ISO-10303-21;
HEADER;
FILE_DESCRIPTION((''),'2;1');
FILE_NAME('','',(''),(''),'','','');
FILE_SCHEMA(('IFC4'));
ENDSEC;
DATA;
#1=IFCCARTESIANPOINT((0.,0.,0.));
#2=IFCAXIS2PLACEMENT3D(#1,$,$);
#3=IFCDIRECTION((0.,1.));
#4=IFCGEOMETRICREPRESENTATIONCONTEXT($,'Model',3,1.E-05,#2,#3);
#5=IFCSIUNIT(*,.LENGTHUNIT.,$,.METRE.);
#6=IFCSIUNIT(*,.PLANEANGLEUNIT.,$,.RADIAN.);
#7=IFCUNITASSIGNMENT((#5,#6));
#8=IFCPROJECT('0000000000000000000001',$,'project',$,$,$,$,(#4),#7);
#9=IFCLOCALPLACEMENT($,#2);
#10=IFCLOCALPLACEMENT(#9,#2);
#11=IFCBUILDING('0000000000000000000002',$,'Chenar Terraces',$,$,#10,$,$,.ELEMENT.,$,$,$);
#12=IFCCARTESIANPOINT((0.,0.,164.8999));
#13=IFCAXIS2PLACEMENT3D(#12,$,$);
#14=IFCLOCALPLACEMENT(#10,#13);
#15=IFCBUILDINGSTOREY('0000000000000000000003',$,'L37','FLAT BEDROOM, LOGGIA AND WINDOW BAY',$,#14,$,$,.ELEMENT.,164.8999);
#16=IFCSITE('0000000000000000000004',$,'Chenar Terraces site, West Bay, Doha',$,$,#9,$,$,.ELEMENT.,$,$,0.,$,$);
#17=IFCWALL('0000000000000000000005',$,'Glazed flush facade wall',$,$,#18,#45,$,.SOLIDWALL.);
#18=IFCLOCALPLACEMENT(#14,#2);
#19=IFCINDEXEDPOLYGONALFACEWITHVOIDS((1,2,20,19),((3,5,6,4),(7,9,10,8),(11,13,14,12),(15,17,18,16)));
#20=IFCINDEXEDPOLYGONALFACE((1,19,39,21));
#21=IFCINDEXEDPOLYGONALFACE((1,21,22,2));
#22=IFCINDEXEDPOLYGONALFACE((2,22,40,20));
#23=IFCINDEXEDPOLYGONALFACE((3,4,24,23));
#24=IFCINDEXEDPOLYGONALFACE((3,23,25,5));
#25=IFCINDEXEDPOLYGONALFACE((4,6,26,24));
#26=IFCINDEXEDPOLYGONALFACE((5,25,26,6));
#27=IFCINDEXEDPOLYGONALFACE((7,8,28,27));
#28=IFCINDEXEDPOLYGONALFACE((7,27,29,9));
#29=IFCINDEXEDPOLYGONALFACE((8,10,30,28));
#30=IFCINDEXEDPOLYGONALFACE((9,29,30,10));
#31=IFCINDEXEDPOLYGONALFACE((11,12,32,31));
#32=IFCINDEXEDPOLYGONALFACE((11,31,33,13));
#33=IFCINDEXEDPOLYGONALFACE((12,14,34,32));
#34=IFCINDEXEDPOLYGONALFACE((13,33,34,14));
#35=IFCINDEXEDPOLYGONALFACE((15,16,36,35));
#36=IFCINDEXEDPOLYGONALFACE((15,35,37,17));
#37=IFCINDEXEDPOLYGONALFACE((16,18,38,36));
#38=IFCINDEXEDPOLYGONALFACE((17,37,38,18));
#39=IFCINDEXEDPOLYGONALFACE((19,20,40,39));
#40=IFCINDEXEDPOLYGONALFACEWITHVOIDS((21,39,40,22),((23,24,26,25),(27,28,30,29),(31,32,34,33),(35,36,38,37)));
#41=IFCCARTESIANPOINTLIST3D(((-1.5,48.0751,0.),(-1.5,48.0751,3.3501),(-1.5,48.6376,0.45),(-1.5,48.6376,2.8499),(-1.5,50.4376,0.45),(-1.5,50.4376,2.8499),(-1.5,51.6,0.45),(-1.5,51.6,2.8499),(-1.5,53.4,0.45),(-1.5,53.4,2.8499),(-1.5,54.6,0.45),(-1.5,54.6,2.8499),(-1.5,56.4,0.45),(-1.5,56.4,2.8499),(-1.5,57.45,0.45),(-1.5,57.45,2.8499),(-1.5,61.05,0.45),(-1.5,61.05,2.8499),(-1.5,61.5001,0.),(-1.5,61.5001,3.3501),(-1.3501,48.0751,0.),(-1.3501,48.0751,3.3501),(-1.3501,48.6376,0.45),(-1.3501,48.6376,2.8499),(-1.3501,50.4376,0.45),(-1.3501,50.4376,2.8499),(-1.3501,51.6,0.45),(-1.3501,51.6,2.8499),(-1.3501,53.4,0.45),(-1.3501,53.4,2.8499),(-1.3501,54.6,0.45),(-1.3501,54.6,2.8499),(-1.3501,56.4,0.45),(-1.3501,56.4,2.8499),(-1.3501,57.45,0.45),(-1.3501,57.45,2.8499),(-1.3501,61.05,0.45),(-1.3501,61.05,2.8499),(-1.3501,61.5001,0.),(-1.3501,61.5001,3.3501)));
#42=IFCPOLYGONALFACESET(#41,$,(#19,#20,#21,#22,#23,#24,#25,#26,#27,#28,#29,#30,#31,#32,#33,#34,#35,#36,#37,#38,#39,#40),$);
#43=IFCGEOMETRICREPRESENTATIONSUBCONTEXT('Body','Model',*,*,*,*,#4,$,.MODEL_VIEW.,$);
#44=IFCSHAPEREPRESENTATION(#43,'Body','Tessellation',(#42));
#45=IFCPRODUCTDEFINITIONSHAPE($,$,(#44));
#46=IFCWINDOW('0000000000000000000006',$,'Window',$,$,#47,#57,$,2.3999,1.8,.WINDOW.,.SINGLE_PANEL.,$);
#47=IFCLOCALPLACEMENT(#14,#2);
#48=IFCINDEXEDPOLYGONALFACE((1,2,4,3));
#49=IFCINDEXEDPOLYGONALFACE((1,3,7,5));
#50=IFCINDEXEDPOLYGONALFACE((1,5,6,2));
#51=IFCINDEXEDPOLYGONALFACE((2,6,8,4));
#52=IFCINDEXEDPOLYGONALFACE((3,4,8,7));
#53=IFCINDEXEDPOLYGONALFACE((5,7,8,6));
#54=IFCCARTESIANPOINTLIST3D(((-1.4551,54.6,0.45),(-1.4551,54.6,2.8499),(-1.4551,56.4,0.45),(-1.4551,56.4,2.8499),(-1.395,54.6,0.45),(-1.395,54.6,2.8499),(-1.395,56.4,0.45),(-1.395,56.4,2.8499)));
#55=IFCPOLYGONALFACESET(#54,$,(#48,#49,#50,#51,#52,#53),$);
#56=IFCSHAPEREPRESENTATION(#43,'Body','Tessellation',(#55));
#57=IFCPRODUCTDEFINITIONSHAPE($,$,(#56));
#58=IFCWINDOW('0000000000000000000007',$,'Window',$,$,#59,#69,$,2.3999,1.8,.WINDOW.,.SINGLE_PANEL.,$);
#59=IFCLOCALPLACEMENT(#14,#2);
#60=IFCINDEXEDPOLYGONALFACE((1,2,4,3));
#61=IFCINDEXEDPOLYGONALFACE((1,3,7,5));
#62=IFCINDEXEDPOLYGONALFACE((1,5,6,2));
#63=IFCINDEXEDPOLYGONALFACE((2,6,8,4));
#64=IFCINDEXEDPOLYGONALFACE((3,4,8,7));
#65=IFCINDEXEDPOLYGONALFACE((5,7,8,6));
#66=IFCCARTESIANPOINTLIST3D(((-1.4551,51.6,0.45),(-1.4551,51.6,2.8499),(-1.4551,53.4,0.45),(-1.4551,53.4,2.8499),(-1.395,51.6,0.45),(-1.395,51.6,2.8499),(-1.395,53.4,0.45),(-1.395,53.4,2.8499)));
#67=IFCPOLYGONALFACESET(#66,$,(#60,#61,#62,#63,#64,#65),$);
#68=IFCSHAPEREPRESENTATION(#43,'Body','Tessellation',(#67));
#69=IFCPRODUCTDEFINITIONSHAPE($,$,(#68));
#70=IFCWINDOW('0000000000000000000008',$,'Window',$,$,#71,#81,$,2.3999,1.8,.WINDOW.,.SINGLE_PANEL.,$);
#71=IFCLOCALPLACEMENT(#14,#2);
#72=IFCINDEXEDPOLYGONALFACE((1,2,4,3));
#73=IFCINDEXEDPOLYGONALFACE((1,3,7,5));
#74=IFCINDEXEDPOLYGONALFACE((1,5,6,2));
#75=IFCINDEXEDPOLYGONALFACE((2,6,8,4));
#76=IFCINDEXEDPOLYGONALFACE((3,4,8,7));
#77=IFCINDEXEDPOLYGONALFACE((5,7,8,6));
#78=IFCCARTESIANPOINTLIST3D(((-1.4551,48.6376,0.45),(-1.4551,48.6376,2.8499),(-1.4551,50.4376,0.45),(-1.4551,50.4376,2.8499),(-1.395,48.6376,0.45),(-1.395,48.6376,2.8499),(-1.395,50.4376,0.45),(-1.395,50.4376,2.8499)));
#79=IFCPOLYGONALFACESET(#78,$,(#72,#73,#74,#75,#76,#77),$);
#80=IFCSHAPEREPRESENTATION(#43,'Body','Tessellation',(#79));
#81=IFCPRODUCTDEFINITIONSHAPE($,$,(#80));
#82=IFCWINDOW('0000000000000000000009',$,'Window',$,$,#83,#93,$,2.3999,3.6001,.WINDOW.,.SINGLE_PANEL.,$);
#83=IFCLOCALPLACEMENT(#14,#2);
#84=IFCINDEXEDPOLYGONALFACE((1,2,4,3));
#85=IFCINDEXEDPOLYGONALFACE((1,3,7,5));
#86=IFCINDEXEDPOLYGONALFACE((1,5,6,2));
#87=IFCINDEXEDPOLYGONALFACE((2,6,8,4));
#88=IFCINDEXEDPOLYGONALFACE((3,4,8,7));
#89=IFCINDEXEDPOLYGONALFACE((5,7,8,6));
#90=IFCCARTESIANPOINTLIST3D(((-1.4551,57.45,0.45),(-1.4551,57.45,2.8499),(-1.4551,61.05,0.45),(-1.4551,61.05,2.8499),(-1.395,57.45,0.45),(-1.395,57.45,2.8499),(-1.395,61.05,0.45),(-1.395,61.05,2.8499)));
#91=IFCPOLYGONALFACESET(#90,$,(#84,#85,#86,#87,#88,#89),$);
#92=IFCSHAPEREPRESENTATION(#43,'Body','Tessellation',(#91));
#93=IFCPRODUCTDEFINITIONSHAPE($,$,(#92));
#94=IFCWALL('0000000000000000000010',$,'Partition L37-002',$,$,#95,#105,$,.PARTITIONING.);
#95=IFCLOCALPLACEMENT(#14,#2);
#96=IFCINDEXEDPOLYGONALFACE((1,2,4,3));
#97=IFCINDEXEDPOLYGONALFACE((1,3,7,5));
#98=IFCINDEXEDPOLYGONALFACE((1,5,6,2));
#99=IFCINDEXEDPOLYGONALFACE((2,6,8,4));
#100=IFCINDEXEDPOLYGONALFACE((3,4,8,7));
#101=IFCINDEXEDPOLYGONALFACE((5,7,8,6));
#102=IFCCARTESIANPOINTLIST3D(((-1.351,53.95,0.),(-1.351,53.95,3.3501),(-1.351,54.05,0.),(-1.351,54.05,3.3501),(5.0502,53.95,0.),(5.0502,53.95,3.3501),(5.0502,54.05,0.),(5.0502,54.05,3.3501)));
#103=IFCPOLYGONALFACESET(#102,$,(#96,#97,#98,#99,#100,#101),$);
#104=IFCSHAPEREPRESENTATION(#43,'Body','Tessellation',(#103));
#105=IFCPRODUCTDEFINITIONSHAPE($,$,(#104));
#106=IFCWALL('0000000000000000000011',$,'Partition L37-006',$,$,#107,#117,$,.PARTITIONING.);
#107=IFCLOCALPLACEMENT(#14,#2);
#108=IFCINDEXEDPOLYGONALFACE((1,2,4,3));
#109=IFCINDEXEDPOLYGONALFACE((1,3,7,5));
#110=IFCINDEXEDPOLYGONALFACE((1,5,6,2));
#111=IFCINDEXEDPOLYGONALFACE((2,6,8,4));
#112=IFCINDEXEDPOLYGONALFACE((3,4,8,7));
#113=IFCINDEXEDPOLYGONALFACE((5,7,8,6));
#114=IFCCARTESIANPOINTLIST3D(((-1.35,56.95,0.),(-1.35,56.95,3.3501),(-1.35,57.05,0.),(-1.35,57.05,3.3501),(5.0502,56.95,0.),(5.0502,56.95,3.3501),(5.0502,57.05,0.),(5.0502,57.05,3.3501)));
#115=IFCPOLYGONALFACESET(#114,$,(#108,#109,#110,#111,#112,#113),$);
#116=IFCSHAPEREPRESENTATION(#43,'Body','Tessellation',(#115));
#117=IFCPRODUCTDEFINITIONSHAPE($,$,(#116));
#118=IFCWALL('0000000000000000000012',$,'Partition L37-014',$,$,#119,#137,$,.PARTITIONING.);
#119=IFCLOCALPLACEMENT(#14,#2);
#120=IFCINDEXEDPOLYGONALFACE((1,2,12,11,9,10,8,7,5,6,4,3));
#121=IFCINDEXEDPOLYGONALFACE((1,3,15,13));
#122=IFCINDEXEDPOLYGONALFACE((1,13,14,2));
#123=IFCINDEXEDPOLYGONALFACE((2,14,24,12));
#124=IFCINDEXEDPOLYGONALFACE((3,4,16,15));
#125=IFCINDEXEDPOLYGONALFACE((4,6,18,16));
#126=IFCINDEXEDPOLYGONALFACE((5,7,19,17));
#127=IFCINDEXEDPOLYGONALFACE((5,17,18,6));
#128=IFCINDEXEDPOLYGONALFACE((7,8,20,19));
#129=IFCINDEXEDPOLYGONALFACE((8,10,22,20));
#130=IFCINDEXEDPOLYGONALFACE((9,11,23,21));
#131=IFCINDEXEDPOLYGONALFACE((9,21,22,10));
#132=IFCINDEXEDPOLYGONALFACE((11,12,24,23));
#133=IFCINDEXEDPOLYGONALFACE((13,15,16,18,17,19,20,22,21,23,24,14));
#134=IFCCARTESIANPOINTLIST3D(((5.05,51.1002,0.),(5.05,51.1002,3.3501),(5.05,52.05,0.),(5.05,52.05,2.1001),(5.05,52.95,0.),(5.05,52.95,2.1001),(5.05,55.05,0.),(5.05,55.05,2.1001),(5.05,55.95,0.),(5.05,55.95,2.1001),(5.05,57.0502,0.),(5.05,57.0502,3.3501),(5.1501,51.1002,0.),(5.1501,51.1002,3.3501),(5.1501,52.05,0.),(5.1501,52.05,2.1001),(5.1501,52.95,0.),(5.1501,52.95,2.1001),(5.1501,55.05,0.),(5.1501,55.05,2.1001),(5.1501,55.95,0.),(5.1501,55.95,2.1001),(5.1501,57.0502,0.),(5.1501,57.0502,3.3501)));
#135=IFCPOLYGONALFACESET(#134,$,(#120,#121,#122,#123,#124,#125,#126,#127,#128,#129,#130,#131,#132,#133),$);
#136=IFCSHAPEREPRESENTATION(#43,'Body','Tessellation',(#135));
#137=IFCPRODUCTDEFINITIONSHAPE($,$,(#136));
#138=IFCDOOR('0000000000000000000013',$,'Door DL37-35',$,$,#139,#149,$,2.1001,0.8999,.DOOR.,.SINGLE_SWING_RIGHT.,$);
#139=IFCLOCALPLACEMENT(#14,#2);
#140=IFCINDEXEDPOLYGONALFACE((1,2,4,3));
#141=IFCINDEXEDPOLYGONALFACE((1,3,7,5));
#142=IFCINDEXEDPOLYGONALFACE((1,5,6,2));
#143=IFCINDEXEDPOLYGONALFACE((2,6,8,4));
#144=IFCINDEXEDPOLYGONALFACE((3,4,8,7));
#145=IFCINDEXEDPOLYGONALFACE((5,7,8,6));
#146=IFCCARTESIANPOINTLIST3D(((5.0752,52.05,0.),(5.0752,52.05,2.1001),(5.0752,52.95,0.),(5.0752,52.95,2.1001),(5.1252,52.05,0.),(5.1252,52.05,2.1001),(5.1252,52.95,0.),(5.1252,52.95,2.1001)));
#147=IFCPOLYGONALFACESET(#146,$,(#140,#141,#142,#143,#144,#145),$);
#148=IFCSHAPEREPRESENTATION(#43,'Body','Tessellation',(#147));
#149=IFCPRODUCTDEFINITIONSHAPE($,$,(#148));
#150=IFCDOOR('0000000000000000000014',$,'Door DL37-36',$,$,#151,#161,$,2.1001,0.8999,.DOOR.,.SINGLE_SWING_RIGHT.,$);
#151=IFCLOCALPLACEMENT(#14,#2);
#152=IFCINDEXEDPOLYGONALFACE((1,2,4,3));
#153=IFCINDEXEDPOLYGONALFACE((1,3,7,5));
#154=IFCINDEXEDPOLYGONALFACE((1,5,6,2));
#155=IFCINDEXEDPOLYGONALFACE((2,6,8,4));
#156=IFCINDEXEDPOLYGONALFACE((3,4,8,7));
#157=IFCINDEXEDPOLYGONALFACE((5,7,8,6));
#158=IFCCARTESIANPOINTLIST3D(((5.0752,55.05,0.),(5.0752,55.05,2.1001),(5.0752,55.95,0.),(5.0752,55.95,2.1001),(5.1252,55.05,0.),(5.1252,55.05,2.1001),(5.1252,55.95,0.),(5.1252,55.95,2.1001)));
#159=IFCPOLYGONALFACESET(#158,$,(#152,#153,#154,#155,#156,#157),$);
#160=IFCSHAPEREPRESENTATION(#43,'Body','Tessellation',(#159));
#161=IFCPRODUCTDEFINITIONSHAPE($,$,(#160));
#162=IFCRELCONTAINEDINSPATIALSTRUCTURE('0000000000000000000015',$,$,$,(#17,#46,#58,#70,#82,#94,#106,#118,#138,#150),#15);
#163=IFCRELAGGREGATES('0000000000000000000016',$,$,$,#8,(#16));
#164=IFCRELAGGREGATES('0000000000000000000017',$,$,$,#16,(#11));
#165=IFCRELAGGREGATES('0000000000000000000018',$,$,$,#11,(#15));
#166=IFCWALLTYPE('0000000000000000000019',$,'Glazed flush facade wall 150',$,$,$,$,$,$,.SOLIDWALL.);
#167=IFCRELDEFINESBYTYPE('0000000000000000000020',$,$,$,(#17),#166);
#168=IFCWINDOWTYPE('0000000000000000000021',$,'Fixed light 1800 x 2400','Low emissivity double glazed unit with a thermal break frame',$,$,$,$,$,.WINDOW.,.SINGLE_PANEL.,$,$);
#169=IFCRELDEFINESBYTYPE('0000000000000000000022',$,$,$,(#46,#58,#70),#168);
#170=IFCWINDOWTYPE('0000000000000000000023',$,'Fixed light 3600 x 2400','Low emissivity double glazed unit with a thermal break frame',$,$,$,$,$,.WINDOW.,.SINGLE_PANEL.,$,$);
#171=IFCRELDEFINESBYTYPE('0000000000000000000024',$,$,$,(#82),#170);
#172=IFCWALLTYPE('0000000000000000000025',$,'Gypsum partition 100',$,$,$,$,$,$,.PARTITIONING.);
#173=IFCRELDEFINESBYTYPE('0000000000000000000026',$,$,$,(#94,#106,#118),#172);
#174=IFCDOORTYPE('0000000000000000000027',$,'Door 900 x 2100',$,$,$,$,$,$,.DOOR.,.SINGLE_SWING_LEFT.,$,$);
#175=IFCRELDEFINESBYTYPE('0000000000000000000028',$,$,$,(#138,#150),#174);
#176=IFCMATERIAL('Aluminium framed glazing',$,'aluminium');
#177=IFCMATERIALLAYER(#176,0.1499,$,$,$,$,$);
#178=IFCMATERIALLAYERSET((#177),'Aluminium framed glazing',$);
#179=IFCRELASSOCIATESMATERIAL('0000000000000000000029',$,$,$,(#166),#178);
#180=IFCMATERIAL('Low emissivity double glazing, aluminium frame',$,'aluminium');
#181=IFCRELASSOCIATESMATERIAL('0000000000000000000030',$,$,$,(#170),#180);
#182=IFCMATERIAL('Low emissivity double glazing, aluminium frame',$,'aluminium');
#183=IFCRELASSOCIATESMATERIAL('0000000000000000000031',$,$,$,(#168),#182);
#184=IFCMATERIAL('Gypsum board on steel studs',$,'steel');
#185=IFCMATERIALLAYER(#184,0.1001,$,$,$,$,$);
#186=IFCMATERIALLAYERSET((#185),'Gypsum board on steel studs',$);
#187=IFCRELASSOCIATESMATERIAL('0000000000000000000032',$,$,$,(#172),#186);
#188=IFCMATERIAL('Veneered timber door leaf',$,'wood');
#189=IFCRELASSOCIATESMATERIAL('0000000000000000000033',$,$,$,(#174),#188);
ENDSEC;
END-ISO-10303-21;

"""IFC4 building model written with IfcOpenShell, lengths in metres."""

from ifc_helpers import new_model, si_unit, direction, frame, frame_2d, origin, place, context, subcontext, project, spatial, rectangle, extrude, material, layer, layer_set, type_object, element, fill, save


model = new_model("IFC4")

# Units and contexts
model_context = context("Model", 3, precision=1e-05, world=origin(), true_north=direction((0.0, 1.0)))
body_context = subcontext(model_context, "Body", "Model", "MODEL_VIEW")
ifc_project = project(units=[si_unit("LENGTHUNIT", "METRE"), si_unit("PLANEANGLEUNIT", "RADIAN")], contexts=[model_context])

# Site, building, storey
site_placement = place(None, origin())
site = spatial("IfcSite", under=ifc_project, at=site_placement, Name="Chenar Terraces site, West Bay, Doha", CompositionType="ELEMENT", RefElevation=0.0)
building_placement = place(site_placement, origin())
building = spatial("IfcBuilding", under=site, at=building_placement, Name="Chenar Terraces", CompositionType="ELEMENT")
storey_placement = place(building_placement, frame((0.0, 0.0, 164.8999)))
storey = spatial("IfcBuildingStorey", under=building, at=storey_placement, Name="L37", Description="FLAT BEDROOM, LOGGIA AND WINDOW BAY", CompositionType="ELEMENT", Elevation=164.8999)

# Wall, openings, windows
ifc_material_1 = material(Name="Aluminium framed glazing", Category="aluminium")
ifc_layer_1 = layer(ifc_material_1, 0.1499)
ifc_layer_set_1 = layer_set([ifc_layer_1], Name="Aluminium framed glazing")
wall_type_1 = type_object("IfcWallType", Name="Glazed flush facade wall 150", PredefinedType="SOLIDWALL", material=ifc_layer_set_1)
ifc_material_2 = material(Name="Low emissivity double glazing, aluminium frame", Category="aluminium")
window_type_1 = type_object("IfcWindowType", Name="Fixed light 3600 x 2400", Description="Low emissivity double glazed unit with a thermal break frame", PartitioningType="SINGLE_PANEL", PredefinedType="WINDOW", material=ifc_material_2)
wall_1_placement = place(storey_placement, frame((-1.425, 61.5, 0.0), z_axis=(0.0, 0.0, 1.0), x_axis=(0.0, -1.0, 0.0)))
wall_1 = element("IfcWall", 1, at=wall_1_placement, inside=storey, type_object=wall_type_1, Name="Glazed flush facade wall", PredefinedType="SOLIDWALL", context=body_context, shape_type="SweptSolid", body=[
    extrude(rectangle(XDim=13.425, YDim=0.1499, at=frame_2d((6.7124, 0.0))), origin(), (0.0, 0.0, 1.0), 3.3501),
])
opening_1_placement = place(wall_1_placement, frame((0.45, 0.0, 0.45)))
opening_1 = element("IfcOpeningElement", 2, at=opening_1_placement, cuts=wall_1, PredefinedType="OPENING", context=body_context, shape_type="SweptSolid", body=[
    extrude(rectangle(XDim=3.6001, YDim=2.3999, at=frame_2d((1.8, 1.2))), frame((0.0, 0.085, 0.0), z_axis=(0.0, -1.0, 0.0), x_axis=(1.0, 0.0, 0.0)), (0.0, 0.0, 1.0), 0.1699),
])
opening_2_placement = place(wall_1_placement, frame((5.1001, 0.0, 0.45)))
opening_2 = element("IfcOpeningElement", 3, at=opening_2_placement, cuts=wall_1, PredefinedType="OPENING", context=body_context, shape_type="SweptSolid", body=[
    extrude(rectangle(XDim=1.8, YDim=2.3999, at=frame_2d((0.8999, 1.2))), frame((0.0, 0.085, 0.0), z_axis=(0.0, -1.0, 0.0), x_axis=(1.0, 0.0, 0.0)), (0.0, 0.0, 1.0), 0.1699),
])
opening_3_placement = place(wall_1_placement, frame((8.1001, 0.0, 0.45)))
opening_3 = element("IfcOpeningElement", 4, at=opening_3_placement, cuts=wall_1, PredefinedType="OPENING", context=body_context, shape_type="SweptSolid", body=[
    extrude(rectangle(XDim=1.8, YDim=2.3999, at=frame_2d((0.8999, 1.2))), frame((0.0, 0.085, 0.0), z_axis=(0.0, -1.0, 0.0), x_axis=(1.0, 0.0, 0.0)), (0.0, 0.0, 1.0), 0.1699),
])
opening_4_placement = place(wall_1_placement, frame((11.0625, 0.0, 0.45)))
opening_4 = element("IfcOpeningElement", 5, at=opening_4_placement, cuts=wall_1, PredefinedType="OPENING", context=body_context, shape_type="SweptSolid", body=[
    extrude(rectangle(XDim=1.8, YDim=2.3999, at=frame_2d((0.8999, 1.2))), frame((0.0, 0.085, 0.0), z_axis=(0.0, -1.0, 0.0), x_axis=(1.0, 0.0, 0.0)), (0.0, 0.0, 1.0), 0.1699),
])
ifc_material_3 = material(Name="Low emissivity double glazing, aluminium frame", Category="aluminium")
window_type_2 = type_object("IfcWindowType", Name="Fixed light 1800 x 2400", Description="Low emissivity double glazed unit with a thermal break frame", PartitioningType="SINGLE_PANEL", PredefinedType="WINDOW", material=ifc_material_3)
window_1_placement = place(opening_2_placement, origin())
window_1 = element("IfcWindow", 6, at=window_1_placement, inside=storey, type_object=window_type_2, Name="Window", OverallHeight=2.3999, OverallWidth=1.8, PartitioningType="SINGLE_PANEL", PredefinedType="WINDOW", context=body_context, shape_type="SweptSolid", body=[
    extrude(rectangle(XDim=1.8, YDim=2.3999, at=frame_2d((0.8999, 1.2))), frame((0.0, 0.03, 0.0), z_axis=(0.0, -1.0, 0.0), x_axis=(1.0, 0.0, 0.0)), (0.0, 0.0, 1.0), 0.0601),
])
fill(opening_2, window_1)
window_2_placement = place(opening_3_placement, origin())
window_2 = element("IfcWindow", 7, at=window_2_placement, inside=storey, type_object=window_type_2, Name="Window", OverallHeight=2.3999, OverallWidth=1.8, PartitioningType="SINGLE_PANEL", PredefinedType="WINDOW", context=body_context, shape_type="SweptSolid", body=[
    extrude(rectangle(XDim=1.8, YDim=2.3999, at=frame_2d((0.8999, 1.2))), frame((0.0, 0.03, 0.0), z_axis=(0.0, -1.0, 0.0), x_axis=(1.0, 0.0, 0.0)), (0.0, 0.0, 1.0), 0.0601),
])
fill(opening_3, window_2)
window_3_placement = place(opening_4_placement, origin())
window_3 = element("IfcWindow", 8, at=window_3_placement, inside=storey, type_object=window_type_2, Name="Window", OverallHeight=2.3999, OverallWidth=1.8, PartitioningType="SINGLE_PANEL", PredefinedType="WINDOW", context=body_context, shape_type="SweptSolid", body=[
    extrude(rectangle(XDim=1.8, YDim=2.3999, at=frame_2d((0.8999, 1.2))), frame((0.0, 0.03, 0.0), z_axis=(0.0, -1.0, 0.0), x_axis=(1.0, 0.0, 0.0)), (0.0, 0.0, 1.0), 0.0601),
])
fill(opening_4, window_3)
window_4_placement = place(opening_1_placement, origin())
window_4 = element("IfcWindow", 9, at=window_4_placement, inside=storey, type_object=window_type_1, Name="Window", OverallHeight=2.3999, OverallWidth=3.6001, PartitioningType="SINGLE_PANEL", PredefinedType="WINDOW", context=body_context, shape_type="SweptSolid", body=[
    extrude(rectangle(XDim=3.6001, YDim=2.3999, at=frame_2d((1.8, 1.2))), frame((0.0, 0.03, 0.0), z_axis=(0.0, -1.0, 0.0), x_axis=(1.0, 0.0, 0.0)), (0.0, 0.0, 1.0), 0.0601),
])
fill(opening_1, window_4)

# Walls
ifc_material_4 = material(Name="Gypsum board on steel studs", Category="steel")
ifc_layer_2 = layer(ifc_material_4, 0.1001)
ifc_layer_set_2 = layer_set([ifc_layer_2], Name="Gypsum board on steel studs")
wall_type_2 = type_object("IfcWallType", Name="Gypsum partition 100", PredefinedType="PARTITIONING", material=ifc_layer_set_2)
wall_2_placement = place(storey_placement, frame((-1.3511, 54.0, 0.0), z_axis=(0.0, 0.0, 1.0), x_axis=(1.0, 0.0, 0.0)))
element("IfcWall", 10, at=wall_2_placement, inside=storey, type_object=wall_type_2, Name="Partition L37-002", PredefinedType="PARTITIONING", context=body_context, shape_type="SweptSolid", body=[
    extrude(rectangle(XDim=6.4011, YDim=0.1001, at=frame_2d((3.2007, 0.0))), origin(), (0.0, 0.0, 1.0), 3.3501),
])
wall_3_placement = place(storey_placement, frame((-1.3501, 57.0, 0.0), z_axis=(0.0, 0.0, 1.0), x_axis=(1.0, 0.0, 0.0)))
element("IfcWall", 11, at=wall_3_placement, inside=storey, type_object=wall_type_2, Name="Partition L37-006", PredefinedType="PARTITIONING", context=body_context, shape_type="SweptSolid", body=[
    extrude(rectangle(XDim=6.4001, YDim=0.1001, at=frame_2d((3.2002, 0.0))), origin(), (0.0, 0.0, 1.0), 3.3501),
])

# Wall, openings, doors
wall_4_placement = place(storey_placement, frame((5.1001, 51.1001, 0.0), z_axis=(0.0, 0.0, 1.0), x_axis=(0.0, 1.0, 0.0)))
wall_4 = element("IfcWall", 12, at=wall_4_placement, inside=storey, type_object=wall_type_2, Name="Partition L37-014", PredefinedType="PARTITIONING", context=body_context, shape_type="SweptSolid", body=[
    extrude(rectangle(XDim=5.95, YDim=0.1001, at=frame_2d((2.9751, 0.0))), origin(), (0.0, 0.0, 1.0), 3.3501),
])
opening_5_placement = place(wall_4_placement, frame((0.95, 0.0, 0.0)))
opening_5 = element("IfcOpeningElement", 13, at=opening_5_placement, cuts=wall_4, PredefinedType="OPENING", context=body_context, shape_type="SweptSolid", body=[
    extrude(rectangle(XDim=0.8999, YDim=2.1001, at=frame_2d((0.45, 1.05))), frame((0.0, 0.0601, 0.0), z_axis=(0.0, -1.0, 0.0), x_axis=(1.0, 0.0, 0.0)), (0.0, 0.0, 1.0), 0.1201),
])
opening_6_placement = place(wall_4_placement, frame((3.95, 0.0, 0.0)))
opening_6 = element("IfcOpeningElement", 14, at=opening_6_placement, cuts=wall_4, PredefinedType="OPENING", context=body_context, shape_type="SweptSolid", body=[
    extrude(rectangle(XDim=0.8999, YDim=2.1001, at=frame_2d((0.45, 1.05))), frame((0.0, 0.0601, 0.0), z_axis=(0.0, -1.0, 0.0), x_axis=(1.0, 0.0, 0.0)), (0.0, 0.0, 1.0), 0.1201),
])
ifc_material_5 = material(Name="Veneered timber door leaf", Category="wood")
door_type_1 = type_object("IfcDoorType", Name="Door 900 x 2100", OperationType="SINGLE_SWING_LEFT", PredefinedType="DOOR", material=ifc_material_5)
door_1_placement = place(opening_5_placement, origin())
door_1 = element("IfcDoor", 15, at=door_1_placement, inside=storey, type_object=door_type_1, Name="Door DL37-35", OperationType="SINGLE_SWING_RIGHT", OverallHeight=2.1001, OverallWidth=0.8999, PredefinedType="DOOR", context=body_context, shape_type="SweptSolid", body=[
    extrude(rectangle(XDim=0.8999, YDim=2.1001, at=frame_2d((0.45, 1.05))), frame((0.0, 0.0249, 0.0), z_axis=(0.0, -1.0, 0.0), x_axis=(1.0, 0.0, 0.0)), (0.0, 0.0, 1.0), 0.05),
])
fill(opening_5, door_1)
door_2_placement = place(opening_6_placement, origin())
door_2 = element("IfcDoor", 16, at=door_2_placement, inside=storey, type_object=door_type_1, Name="Door DL37-36", OperationType="SINGLE_SWING_RIGHT", OverallHeight=2.1001, OverallWidth=0.8999, PredefinedType="DOOR", context=body_context, shape_type="SweptSolid", body=[
    extrude(rectangle(XDim=0.8999, YDim=2.1001, at=frame_2d((0.45, 1.05))), frame((0.0, 0.0249, 0.0), z_axis=(0.0, -1.0, 0.0), x_axis=(1.0, 0.0, 0.0)), (0.0, 0.0, 1.0), 0.05),
])
fill(opening_6, door_2)

save(model, "model.ifc")
